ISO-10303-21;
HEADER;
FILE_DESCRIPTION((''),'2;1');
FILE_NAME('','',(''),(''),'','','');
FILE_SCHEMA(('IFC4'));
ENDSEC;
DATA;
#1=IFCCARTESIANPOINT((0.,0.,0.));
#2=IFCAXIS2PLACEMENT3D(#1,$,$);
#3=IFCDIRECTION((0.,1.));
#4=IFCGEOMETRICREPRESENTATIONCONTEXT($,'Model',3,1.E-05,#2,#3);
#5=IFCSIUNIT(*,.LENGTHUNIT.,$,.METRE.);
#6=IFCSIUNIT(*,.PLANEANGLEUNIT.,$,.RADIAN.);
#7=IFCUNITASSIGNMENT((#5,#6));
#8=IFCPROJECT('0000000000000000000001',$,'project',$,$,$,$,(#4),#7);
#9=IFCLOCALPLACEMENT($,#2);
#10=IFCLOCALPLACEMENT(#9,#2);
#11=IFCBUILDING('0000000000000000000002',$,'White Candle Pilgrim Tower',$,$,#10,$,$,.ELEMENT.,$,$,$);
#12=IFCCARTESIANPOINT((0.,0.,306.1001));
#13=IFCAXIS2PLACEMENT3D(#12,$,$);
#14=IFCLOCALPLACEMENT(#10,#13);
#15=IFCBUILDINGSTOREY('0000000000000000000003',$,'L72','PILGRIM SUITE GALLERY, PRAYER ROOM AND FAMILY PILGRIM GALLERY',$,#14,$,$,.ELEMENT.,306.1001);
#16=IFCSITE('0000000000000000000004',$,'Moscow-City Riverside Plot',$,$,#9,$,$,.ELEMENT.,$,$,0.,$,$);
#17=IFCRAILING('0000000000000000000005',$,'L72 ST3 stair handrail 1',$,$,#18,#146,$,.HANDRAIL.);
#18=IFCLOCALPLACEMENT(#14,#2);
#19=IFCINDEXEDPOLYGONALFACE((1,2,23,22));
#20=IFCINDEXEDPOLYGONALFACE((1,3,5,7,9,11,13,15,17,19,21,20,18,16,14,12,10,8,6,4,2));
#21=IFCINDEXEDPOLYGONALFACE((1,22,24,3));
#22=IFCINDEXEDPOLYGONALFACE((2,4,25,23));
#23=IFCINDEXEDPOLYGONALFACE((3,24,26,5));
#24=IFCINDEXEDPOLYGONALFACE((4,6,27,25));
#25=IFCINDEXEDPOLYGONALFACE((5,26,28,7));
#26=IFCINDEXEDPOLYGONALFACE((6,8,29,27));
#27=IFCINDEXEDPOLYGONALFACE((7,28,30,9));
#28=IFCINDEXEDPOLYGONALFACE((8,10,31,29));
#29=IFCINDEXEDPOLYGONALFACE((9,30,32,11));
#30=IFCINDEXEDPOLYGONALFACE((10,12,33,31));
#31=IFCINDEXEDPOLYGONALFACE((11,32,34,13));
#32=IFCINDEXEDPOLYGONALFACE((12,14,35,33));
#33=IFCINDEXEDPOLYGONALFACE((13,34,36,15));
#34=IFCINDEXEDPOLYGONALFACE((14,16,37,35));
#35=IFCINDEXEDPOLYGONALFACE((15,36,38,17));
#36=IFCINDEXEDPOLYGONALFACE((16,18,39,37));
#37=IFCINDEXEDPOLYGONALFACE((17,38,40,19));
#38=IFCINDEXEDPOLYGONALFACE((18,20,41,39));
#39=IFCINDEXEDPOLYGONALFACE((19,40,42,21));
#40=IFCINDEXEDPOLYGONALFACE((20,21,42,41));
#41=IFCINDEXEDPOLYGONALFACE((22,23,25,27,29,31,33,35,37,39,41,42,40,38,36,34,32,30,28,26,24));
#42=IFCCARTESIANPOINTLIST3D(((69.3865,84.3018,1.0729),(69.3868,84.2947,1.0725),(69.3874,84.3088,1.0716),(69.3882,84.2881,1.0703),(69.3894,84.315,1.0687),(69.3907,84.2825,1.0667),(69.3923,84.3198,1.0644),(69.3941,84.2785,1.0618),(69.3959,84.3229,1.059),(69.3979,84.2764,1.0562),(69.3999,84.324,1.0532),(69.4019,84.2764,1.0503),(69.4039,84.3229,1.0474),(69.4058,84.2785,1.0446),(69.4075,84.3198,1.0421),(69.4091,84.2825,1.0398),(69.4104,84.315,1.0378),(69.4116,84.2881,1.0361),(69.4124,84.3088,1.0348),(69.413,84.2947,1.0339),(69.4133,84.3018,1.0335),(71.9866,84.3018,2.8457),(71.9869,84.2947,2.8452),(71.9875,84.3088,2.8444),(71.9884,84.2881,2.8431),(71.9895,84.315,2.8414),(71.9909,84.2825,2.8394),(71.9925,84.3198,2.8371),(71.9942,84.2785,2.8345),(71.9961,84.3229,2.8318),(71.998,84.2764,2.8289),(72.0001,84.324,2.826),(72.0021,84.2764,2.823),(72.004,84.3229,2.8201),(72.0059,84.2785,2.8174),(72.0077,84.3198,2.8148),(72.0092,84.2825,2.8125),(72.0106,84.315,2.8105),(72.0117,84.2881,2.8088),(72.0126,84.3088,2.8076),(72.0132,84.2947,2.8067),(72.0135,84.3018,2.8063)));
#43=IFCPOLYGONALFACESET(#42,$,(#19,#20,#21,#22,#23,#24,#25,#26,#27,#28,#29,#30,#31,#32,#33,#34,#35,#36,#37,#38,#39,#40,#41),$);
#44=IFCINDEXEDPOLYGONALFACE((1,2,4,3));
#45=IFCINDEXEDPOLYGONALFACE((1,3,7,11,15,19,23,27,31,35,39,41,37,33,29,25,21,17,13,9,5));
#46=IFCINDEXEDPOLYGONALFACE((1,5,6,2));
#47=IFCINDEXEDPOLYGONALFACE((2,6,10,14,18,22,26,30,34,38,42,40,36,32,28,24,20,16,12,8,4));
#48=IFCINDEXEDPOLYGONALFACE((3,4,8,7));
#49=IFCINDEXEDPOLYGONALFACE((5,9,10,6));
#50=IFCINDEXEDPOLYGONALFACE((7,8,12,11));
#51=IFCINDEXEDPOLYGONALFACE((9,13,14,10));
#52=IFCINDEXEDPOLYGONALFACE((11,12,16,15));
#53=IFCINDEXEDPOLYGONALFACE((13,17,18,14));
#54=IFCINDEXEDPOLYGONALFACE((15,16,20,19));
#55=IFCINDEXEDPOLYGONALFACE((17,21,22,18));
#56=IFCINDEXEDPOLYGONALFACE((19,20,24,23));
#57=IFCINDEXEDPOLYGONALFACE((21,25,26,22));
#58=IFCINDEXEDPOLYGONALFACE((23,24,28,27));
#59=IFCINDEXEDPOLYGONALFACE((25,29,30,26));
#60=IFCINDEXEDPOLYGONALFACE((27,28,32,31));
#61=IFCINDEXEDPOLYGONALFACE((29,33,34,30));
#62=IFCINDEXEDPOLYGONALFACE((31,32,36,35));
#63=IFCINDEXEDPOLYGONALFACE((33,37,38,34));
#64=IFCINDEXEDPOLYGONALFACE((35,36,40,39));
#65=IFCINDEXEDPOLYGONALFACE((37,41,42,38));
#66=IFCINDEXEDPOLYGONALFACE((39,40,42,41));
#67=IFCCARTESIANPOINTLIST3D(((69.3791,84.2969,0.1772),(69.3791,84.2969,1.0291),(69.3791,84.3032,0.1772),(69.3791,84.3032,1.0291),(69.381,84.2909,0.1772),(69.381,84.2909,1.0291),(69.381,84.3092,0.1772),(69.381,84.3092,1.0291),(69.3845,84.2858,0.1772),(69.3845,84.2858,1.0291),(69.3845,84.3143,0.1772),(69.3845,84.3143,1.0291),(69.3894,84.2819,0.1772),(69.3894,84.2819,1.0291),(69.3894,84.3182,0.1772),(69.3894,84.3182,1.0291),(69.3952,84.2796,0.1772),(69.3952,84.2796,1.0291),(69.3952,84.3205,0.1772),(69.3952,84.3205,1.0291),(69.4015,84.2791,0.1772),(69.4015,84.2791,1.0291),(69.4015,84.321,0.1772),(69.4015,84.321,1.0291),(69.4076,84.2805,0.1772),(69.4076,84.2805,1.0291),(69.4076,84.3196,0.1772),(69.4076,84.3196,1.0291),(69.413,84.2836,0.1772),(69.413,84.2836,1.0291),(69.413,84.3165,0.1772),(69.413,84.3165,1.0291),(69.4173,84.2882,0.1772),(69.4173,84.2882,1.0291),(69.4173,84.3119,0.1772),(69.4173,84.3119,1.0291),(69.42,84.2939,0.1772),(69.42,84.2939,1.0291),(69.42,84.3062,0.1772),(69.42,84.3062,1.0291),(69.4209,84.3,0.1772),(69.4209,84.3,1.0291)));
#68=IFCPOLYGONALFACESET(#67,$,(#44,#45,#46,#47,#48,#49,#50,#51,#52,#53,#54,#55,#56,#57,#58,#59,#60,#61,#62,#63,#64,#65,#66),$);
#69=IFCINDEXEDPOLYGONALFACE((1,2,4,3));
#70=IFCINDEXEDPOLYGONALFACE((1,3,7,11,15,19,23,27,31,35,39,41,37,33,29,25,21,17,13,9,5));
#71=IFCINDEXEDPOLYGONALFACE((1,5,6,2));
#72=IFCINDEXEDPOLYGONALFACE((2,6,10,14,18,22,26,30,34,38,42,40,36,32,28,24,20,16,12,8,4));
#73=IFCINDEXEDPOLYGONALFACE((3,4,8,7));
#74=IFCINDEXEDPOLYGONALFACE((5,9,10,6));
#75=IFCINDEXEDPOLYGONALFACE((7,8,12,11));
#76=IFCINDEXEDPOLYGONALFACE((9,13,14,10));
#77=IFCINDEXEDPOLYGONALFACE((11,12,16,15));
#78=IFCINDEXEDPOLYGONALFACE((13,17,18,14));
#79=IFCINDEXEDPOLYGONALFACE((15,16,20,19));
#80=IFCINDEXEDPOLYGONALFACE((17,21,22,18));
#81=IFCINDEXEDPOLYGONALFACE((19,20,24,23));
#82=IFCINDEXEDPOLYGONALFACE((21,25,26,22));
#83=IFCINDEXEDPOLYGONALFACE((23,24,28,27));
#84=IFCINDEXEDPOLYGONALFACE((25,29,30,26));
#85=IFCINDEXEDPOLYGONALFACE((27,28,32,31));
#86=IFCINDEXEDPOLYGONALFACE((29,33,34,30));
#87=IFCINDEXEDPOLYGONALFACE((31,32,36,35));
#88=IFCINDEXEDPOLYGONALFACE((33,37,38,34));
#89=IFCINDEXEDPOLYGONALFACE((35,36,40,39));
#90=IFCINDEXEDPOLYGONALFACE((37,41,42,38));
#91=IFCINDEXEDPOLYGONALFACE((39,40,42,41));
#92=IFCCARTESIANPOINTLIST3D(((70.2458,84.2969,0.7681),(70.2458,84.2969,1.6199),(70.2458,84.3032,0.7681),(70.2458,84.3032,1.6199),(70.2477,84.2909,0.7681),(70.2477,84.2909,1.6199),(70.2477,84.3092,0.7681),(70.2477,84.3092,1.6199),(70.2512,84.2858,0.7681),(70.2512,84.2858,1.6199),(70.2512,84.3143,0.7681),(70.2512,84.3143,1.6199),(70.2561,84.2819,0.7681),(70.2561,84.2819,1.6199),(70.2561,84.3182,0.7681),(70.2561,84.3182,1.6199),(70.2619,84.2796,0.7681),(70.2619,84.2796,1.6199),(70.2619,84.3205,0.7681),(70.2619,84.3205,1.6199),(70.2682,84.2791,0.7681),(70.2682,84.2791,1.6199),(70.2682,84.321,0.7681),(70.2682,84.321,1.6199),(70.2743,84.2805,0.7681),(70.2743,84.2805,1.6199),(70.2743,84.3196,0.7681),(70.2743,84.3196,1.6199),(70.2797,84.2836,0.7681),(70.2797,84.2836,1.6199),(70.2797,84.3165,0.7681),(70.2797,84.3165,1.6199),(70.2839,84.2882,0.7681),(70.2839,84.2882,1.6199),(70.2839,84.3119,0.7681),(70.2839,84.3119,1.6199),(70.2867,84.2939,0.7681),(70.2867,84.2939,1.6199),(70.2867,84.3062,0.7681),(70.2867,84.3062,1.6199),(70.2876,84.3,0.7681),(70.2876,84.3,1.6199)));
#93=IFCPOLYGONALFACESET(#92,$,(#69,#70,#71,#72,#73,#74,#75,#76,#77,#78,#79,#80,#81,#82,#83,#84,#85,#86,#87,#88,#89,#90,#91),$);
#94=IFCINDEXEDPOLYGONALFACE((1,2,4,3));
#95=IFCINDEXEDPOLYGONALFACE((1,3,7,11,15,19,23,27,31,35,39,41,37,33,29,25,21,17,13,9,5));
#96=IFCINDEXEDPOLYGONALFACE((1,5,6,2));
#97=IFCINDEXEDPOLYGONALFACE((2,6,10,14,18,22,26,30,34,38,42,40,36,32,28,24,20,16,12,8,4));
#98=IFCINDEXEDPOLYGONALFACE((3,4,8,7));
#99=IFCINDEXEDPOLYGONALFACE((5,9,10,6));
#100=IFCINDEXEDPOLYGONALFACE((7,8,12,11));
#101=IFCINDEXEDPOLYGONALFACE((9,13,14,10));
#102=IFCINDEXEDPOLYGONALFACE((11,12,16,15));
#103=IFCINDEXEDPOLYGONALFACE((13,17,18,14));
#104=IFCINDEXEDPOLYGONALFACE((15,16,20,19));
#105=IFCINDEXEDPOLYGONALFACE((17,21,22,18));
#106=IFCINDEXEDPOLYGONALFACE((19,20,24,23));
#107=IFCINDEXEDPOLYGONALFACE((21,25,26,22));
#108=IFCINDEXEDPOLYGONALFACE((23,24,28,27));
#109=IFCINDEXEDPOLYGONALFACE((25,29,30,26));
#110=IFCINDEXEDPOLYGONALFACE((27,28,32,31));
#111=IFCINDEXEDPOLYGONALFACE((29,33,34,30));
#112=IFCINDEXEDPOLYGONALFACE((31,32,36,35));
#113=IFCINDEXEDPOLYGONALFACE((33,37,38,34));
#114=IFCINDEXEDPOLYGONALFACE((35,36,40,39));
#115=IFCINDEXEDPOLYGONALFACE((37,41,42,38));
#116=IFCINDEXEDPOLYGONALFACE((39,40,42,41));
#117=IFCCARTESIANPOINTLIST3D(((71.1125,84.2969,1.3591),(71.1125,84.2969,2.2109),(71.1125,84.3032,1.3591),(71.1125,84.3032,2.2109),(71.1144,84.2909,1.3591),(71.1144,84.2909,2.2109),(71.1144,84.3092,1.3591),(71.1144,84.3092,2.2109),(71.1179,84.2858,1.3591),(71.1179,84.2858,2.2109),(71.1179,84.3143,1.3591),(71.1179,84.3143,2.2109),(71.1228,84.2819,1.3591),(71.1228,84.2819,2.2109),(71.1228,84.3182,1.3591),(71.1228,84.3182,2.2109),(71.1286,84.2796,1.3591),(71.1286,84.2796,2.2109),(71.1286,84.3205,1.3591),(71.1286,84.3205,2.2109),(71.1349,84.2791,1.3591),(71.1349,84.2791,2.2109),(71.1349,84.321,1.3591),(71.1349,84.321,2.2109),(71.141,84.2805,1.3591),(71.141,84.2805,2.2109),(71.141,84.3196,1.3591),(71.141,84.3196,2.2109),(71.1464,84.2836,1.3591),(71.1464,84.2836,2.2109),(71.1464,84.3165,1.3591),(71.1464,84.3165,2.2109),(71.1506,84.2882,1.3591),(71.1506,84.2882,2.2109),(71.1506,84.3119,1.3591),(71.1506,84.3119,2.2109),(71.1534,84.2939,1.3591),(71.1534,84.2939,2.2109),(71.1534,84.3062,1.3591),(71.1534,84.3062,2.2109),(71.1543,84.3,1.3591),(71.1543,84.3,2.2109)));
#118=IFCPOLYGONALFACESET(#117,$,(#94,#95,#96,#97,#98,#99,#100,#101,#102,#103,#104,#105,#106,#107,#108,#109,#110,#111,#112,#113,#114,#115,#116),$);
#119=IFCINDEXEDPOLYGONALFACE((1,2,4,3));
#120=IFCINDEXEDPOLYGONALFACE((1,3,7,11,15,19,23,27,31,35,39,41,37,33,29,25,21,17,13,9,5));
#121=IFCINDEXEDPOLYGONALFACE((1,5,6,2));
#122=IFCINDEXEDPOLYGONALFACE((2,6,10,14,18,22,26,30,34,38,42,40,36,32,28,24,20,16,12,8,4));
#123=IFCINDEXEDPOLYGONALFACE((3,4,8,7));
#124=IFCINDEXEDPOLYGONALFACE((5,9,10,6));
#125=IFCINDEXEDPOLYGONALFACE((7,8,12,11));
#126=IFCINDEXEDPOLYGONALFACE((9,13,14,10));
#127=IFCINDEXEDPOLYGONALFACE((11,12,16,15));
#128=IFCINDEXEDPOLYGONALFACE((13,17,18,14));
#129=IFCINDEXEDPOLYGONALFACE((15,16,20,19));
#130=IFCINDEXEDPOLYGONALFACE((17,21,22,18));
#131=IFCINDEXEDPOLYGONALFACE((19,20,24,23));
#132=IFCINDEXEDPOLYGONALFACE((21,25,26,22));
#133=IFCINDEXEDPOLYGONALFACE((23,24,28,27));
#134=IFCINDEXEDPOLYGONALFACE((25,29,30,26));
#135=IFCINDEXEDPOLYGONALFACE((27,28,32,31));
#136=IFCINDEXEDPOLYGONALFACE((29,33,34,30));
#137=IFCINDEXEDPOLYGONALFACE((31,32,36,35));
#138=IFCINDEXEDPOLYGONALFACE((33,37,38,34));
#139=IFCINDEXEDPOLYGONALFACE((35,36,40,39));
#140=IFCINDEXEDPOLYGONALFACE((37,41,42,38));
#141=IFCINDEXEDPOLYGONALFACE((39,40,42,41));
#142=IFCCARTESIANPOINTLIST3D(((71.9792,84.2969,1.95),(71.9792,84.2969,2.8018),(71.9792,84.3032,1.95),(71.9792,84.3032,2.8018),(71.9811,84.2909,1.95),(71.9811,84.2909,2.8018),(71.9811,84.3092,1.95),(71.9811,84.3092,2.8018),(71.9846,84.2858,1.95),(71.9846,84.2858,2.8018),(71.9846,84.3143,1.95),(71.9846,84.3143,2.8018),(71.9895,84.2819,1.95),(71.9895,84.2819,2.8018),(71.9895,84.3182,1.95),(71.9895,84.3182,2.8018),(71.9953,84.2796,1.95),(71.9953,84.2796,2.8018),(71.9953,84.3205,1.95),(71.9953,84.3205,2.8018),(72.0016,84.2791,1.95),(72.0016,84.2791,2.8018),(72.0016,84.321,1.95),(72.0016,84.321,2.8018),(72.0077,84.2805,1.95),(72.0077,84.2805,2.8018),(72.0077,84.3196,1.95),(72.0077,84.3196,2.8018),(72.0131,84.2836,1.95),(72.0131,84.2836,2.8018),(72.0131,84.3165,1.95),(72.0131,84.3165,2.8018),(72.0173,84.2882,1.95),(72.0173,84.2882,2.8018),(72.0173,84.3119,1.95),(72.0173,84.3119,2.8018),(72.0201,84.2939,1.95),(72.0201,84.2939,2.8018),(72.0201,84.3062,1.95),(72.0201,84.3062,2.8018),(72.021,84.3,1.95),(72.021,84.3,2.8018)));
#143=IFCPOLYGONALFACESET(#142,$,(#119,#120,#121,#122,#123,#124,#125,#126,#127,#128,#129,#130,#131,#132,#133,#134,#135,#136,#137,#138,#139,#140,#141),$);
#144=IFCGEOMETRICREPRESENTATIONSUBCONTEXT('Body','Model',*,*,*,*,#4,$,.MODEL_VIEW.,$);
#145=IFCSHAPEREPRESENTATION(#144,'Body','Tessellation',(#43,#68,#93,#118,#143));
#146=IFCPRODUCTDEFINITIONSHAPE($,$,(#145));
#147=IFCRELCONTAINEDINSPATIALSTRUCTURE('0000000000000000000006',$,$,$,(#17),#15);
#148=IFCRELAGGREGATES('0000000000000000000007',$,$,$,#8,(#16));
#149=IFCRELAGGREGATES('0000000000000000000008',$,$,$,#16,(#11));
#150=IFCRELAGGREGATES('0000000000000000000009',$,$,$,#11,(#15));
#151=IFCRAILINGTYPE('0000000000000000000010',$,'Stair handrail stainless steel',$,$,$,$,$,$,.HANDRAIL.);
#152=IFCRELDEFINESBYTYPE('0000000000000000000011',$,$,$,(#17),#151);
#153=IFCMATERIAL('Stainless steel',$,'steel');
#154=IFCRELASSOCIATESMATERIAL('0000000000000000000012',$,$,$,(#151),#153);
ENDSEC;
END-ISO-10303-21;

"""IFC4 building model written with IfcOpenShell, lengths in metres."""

from ifc_helpers import new_model, si_unit, direction, frame, origin, origin_2d, place, context, subcontext, project, spatial, circle, extrude, material, type_object, element, save


model = new_model("IFC4")

# Units and contexts
model_context = context("Model", 3, precision=1e-05, world=origin(), true_north=direction((0.0, 1.0)))
body_context = subcontext(model_context, "Body", "Model", "MODEL_VIEW")
ifc_project = project(units=[si_unit("LENGTHUNIT", "METRE"), si_unit("PLANEANGLEUNIT", "RADIAN")], contexts=[model_context])

# Site, building, storey
site_placement = place(None, origin())
site = spatial("IfcSite", under=ifc_project, at=site_placement, Name="Moscow-City Riverside Plot", CompositionType="ELEMENT", RefElevation=0.0)
building_placement = place(site_placement, origin())
building = spatial("IfcBuilding", under=site, at=building_placement, Name="White Candle Pilgrim Tower", CompositionType="ELEMENT")
storey_placement = place(building_placement, frame((0.0, 0.0, 306.1001)))
storey = spatial("IfcBuildingStorey", under=building, at=storey_placement, Name="L72", Description="PILGRIM SUITE GALLERY, PRAYER ROOM AND FAMILY PILGRIM GALLERY", CompositionType="ELEMENT", Elevation=306.1001)

# Railing
ifc_material_1 = material(Name="Stainless steel", Category="steel")
railing_type_1 = type_object("IfcRailingType", Name="Stair handrail stainless steel", PredefinedType="HANDRAIL", material=ifc_material_1)
railing_1_placement = place(storey_placement, frame((69.3999, 84.3, 0.1772)))
element("IfcRailing", 1, at=railing_1_placement, inside=storey, type_object=railing_type_1, Name="L72 ST3 stair handrail 1", PredefinedType="HANDRAIL", context=body_context, shape_type="SweptSolid", body=[
    extrude(circle(Radius=0.0239, at=origin_2d()), frame((0.0, 0.0, 0.876), z_axis=(0.82624, 0.0, 0.563318), x_axis=(0.0, 1.0, 0.0)), (0.0, 0.0, 1.0), 3.147),
    extrude(circle(Radius=0.021, at=origin_2d()), origin(), (0.0, 0.0, 1.0), 0.8518),
    extrude(circle(Radius=0.021, at=origin_2d()), frame((0.8667, 0.0, 0.5908)), (0.0, 0.0, 1.0), 0.8518),
    extrude(circle(Radius=0.021, at=origin_2d()), frame((1.7334, 0.0, 1.1819)), (0.0, 0.0, 1.0), 0.8518),
    extrude(circle(Radius=0.021, at=origin_2d()), frame((2.6001, 0.0, 1.7727)), (0.0, 0.0, 1.0), 0.8518),
])

save(model, "model.ifc")
